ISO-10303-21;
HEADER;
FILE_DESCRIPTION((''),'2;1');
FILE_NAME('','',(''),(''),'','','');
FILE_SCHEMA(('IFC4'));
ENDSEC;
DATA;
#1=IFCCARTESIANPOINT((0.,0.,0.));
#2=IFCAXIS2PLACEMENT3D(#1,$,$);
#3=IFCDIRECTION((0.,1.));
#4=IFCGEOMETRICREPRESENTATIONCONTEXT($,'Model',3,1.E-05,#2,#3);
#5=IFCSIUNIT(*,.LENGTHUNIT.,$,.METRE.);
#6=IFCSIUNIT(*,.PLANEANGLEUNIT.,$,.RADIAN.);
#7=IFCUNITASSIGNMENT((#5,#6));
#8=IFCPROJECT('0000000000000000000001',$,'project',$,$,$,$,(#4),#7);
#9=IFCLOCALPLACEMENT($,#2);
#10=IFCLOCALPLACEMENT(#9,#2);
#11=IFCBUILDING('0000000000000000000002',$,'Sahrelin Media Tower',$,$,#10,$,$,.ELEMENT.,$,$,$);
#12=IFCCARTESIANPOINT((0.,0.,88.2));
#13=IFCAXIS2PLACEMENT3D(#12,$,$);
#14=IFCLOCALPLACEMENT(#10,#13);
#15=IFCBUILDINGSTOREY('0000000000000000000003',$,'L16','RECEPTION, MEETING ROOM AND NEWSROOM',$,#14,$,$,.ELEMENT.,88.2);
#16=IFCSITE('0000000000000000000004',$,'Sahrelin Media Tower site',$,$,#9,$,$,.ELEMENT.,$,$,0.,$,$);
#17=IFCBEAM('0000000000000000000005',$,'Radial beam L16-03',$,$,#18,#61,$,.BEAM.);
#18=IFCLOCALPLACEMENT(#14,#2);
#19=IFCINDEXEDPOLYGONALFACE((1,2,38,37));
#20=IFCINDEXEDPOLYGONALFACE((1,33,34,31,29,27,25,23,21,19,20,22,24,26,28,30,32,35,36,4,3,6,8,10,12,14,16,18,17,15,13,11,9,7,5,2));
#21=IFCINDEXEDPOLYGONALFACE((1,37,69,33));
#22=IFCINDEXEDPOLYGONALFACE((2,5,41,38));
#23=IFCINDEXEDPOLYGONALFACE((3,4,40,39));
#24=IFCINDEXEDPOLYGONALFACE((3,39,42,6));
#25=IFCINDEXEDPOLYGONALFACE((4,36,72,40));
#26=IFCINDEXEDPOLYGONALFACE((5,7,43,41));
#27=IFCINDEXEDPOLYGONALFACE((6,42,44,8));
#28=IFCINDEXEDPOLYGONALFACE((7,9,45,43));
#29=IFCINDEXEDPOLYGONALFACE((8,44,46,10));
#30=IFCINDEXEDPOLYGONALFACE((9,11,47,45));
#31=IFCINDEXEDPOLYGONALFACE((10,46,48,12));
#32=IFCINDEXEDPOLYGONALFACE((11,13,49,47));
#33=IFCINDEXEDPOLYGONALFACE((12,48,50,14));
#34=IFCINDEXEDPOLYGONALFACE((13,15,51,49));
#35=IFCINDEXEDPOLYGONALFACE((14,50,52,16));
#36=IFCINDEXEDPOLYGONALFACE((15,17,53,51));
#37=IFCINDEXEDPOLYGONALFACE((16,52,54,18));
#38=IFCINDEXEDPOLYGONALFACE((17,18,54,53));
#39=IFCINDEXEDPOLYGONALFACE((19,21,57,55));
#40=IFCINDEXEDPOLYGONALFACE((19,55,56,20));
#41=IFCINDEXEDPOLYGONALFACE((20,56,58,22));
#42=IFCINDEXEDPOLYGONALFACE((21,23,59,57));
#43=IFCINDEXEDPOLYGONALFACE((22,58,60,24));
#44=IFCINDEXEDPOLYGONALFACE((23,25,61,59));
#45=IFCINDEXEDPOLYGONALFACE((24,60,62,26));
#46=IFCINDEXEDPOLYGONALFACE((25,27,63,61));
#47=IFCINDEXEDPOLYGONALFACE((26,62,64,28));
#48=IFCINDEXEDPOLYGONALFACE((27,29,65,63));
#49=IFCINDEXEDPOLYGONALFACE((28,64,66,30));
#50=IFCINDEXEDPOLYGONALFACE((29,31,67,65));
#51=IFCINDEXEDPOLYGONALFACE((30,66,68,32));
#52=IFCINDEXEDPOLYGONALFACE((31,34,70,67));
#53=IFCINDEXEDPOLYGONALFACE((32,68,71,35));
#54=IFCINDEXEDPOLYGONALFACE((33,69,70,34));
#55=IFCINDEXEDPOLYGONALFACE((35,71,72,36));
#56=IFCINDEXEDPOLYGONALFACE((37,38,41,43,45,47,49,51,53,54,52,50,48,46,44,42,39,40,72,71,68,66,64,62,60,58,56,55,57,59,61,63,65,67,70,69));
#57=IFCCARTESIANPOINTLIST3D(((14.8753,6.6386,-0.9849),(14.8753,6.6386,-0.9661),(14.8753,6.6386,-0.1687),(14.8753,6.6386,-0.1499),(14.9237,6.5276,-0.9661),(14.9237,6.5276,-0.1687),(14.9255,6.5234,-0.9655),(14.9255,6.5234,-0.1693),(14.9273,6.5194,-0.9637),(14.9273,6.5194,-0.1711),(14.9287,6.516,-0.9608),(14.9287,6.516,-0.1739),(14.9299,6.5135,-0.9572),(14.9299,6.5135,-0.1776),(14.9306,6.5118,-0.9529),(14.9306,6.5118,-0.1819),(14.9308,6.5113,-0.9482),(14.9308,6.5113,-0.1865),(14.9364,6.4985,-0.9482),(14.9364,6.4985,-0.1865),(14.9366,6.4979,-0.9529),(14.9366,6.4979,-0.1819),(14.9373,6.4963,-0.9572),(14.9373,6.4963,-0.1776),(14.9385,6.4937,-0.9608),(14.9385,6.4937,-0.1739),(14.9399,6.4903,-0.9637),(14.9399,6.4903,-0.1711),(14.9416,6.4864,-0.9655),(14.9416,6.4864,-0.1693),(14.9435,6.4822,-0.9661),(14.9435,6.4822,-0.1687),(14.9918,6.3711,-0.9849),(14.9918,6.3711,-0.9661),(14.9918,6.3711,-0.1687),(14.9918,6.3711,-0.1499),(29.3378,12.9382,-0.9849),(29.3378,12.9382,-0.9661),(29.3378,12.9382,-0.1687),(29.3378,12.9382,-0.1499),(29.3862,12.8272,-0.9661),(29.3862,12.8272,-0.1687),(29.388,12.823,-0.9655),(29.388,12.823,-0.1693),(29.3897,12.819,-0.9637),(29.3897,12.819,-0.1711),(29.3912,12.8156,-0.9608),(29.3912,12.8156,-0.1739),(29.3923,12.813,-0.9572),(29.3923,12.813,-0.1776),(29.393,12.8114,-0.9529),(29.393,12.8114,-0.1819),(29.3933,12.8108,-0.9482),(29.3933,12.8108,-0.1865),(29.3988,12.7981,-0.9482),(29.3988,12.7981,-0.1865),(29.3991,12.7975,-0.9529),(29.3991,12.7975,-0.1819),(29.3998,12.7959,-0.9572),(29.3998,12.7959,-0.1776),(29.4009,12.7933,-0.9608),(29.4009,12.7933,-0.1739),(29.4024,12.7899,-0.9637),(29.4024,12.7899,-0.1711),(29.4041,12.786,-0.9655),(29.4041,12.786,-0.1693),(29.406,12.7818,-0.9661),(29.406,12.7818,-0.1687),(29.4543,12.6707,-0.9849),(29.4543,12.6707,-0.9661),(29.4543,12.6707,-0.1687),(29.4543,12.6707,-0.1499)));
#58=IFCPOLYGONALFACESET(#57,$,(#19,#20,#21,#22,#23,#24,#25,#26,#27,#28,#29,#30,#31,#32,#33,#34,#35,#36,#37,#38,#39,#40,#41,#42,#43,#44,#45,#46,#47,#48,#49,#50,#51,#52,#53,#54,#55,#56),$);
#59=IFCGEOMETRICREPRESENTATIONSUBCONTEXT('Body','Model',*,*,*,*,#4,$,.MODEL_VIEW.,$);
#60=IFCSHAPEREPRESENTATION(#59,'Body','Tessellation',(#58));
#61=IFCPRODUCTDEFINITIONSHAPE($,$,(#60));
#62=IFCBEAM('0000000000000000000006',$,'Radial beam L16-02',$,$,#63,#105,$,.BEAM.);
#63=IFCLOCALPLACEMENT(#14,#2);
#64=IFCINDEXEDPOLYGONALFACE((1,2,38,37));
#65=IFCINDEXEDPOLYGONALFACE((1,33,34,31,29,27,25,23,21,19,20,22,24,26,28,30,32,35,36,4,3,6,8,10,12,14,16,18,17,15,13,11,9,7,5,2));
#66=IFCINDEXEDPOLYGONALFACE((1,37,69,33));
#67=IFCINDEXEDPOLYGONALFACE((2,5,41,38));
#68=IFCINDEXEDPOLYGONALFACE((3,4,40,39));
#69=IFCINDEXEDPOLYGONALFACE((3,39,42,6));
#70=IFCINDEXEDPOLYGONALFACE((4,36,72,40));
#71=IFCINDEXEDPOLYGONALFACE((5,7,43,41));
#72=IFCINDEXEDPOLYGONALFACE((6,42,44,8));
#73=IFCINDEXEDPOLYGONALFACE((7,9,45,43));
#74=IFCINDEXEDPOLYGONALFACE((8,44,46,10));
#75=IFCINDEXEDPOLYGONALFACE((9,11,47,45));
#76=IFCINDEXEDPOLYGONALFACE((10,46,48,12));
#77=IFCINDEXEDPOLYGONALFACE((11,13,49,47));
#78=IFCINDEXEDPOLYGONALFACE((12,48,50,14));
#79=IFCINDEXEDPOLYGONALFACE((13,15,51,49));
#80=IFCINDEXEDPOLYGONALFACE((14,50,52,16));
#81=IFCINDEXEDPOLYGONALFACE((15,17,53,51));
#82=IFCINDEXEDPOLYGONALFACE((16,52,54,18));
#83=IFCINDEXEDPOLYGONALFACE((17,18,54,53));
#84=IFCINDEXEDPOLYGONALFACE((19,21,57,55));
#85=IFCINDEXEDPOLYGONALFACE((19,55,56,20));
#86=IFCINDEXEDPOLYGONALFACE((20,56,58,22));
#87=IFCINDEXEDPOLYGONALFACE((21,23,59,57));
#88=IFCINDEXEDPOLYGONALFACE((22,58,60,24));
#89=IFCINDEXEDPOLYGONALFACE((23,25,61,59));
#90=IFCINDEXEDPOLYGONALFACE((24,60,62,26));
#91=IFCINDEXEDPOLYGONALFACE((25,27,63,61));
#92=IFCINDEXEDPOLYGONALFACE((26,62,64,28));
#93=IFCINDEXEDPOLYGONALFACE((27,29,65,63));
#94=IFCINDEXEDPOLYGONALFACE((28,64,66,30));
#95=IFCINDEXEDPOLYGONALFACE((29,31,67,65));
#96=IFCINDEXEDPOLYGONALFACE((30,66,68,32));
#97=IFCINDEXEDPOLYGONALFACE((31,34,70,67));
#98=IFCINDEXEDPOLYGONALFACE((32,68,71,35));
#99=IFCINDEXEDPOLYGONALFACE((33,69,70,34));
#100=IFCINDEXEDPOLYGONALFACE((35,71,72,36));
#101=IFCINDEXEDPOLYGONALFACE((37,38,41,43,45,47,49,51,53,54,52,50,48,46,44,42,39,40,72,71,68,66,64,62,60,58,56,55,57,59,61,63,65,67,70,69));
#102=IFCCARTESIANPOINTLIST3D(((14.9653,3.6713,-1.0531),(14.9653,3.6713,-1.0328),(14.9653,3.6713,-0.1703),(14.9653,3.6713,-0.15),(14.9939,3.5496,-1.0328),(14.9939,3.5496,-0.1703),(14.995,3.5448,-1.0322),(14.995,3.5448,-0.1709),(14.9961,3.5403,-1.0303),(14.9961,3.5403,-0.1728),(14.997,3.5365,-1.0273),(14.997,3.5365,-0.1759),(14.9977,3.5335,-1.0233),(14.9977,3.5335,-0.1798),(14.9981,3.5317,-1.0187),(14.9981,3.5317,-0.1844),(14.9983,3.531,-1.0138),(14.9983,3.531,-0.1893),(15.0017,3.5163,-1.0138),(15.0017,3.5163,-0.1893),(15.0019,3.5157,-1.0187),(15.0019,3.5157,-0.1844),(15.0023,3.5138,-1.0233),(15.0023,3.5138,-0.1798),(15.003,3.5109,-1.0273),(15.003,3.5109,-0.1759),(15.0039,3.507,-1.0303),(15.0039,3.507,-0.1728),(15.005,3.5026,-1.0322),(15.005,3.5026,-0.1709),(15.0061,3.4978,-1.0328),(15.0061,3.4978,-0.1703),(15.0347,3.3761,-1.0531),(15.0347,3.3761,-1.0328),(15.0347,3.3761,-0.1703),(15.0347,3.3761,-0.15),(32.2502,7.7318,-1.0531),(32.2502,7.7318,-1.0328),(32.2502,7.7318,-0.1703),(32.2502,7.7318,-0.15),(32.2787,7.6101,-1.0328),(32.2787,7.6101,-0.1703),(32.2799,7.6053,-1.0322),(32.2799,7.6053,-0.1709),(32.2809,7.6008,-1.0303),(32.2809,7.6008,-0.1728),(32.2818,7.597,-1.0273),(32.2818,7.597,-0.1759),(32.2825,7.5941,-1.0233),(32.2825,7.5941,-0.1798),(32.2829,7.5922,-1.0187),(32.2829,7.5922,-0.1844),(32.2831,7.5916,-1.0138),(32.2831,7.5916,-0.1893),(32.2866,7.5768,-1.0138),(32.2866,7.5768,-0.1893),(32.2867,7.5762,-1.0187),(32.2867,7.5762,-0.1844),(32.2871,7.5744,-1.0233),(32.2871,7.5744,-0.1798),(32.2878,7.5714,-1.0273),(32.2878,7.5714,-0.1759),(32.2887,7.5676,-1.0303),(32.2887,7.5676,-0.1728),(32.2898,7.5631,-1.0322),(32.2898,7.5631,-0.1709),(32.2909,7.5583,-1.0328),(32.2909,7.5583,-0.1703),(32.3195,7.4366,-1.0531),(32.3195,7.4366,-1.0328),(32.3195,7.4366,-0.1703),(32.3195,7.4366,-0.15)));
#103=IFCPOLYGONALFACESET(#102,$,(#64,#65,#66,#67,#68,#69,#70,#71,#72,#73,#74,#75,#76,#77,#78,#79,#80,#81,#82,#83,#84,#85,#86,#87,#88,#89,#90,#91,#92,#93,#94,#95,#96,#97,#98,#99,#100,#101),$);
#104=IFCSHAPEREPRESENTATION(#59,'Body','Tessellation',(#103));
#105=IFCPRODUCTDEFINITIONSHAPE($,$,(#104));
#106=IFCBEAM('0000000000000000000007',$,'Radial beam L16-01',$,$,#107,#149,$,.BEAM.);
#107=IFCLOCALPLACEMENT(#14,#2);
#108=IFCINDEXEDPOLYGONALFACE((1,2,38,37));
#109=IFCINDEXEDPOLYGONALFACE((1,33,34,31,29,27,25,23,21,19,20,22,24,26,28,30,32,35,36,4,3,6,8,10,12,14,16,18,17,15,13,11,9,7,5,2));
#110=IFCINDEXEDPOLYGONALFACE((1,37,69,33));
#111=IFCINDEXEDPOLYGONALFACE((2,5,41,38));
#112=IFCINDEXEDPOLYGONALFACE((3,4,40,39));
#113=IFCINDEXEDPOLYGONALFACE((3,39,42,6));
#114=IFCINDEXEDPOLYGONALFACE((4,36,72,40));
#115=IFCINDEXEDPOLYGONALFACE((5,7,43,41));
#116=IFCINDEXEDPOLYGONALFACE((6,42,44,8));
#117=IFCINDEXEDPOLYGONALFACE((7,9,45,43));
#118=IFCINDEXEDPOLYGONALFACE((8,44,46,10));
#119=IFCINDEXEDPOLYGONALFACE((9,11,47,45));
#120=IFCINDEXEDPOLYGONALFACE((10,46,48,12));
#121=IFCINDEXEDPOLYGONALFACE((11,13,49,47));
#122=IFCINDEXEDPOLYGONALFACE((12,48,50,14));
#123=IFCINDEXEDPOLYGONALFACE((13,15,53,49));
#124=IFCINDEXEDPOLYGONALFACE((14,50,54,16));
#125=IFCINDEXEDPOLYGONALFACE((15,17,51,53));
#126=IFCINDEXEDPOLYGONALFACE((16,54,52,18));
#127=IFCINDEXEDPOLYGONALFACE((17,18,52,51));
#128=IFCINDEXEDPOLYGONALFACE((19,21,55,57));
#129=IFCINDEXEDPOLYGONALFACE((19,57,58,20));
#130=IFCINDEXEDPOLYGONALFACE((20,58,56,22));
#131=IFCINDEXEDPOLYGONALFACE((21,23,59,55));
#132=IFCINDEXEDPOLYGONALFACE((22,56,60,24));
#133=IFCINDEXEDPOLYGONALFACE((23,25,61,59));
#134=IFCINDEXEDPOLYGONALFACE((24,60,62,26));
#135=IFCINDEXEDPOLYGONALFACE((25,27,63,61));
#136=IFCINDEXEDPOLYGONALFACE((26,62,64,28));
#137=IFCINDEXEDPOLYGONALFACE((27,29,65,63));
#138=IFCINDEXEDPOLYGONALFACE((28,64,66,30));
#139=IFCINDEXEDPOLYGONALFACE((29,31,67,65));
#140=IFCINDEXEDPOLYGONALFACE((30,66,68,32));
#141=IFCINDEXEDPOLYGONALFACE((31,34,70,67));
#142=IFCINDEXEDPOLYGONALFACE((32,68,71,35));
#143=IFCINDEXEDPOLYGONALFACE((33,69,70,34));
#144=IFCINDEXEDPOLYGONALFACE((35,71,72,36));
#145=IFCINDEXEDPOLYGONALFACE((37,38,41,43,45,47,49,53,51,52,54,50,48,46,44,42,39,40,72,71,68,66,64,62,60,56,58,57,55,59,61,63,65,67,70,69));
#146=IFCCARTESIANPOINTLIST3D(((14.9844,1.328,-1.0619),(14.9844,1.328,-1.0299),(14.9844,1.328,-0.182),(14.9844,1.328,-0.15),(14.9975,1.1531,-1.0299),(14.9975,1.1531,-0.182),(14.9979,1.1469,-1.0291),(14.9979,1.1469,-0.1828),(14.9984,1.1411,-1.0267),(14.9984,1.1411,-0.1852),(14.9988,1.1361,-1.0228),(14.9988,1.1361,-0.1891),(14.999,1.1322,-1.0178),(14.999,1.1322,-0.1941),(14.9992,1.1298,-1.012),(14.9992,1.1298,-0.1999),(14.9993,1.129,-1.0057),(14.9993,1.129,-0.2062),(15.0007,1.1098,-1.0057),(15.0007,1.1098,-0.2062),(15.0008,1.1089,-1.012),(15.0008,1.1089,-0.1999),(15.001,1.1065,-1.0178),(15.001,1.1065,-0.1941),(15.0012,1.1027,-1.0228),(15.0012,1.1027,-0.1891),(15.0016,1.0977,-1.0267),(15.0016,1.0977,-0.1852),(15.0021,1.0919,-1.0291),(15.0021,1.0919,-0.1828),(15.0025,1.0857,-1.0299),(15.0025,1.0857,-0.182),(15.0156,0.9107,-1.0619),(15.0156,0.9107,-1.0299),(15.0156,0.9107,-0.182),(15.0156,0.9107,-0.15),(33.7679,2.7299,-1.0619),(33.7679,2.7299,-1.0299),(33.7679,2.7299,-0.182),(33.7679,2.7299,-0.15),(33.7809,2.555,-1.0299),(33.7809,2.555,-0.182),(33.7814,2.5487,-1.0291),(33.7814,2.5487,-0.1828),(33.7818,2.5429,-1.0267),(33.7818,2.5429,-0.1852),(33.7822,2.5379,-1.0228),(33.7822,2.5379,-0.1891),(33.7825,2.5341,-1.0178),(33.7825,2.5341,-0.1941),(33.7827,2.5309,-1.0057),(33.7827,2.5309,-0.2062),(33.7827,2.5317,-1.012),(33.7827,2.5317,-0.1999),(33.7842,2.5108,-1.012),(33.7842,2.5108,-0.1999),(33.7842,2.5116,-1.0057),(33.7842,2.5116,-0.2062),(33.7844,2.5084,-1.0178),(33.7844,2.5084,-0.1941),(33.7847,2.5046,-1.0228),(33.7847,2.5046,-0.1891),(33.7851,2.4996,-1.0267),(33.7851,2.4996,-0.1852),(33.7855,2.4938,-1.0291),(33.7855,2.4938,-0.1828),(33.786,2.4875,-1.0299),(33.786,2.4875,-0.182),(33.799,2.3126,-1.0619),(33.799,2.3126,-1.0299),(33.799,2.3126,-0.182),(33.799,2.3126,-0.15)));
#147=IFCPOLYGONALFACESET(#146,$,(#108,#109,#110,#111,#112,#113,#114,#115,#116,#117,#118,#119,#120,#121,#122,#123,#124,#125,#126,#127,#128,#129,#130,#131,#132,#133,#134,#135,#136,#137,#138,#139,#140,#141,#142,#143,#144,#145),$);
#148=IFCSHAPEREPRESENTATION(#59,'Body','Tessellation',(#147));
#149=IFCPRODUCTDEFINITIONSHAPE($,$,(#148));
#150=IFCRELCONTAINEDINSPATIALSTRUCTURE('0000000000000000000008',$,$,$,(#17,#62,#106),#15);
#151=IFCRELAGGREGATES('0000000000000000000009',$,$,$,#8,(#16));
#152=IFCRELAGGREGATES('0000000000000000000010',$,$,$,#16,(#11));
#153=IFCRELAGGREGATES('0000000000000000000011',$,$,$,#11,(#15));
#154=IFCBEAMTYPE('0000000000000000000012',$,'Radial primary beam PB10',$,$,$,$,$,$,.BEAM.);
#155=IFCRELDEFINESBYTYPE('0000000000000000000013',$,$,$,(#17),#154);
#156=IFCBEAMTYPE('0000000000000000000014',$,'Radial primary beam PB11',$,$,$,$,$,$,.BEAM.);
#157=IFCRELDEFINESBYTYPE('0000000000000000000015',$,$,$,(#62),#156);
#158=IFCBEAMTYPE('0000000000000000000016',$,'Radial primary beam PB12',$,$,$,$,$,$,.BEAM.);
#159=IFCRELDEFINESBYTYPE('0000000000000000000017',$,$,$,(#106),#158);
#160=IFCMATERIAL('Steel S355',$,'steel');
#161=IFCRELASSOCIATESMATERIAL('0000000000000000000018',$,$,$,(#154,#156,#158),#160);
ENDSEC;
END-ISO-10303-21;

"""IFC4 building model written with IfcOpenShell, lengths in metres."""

from ifc_helpers import new_model, si_unit, direction, frame, origin, origin_2d, place, context, subcontext, project, spatial, i_section, extrude, material, material_profile, profile_set, type_object, element, save


model = new_model("IFC4")

# Units and contexts
model_context = context("Model", 3, precision=1e-05, world=origin(), true_north=direction((0.0, 1.0)))
body_context = subcontext(model_context, "Body", "Model", "MODEL_VIEW")
ifc_project = project(units=[si_unit("LENGTHUNIT", "METRE"), si_unit("PLANEANGLEUNIT", "RADIAN")], contexts=[model_context])

# Site, building, storey
site_placement = place(None, origin())
site = spatial("IfcSite", under=ifc_project, at=site_placement, Name="Sahrelin Media Tower site", CompositionType="ELEMENT", RefElevation=0.0)
building_placement = place(site_placement, origin())
building = spatial("IfcBuilding", under=site, at=building_placement, Name="Sahrelin Media Tower", CompositionType="ELEMENT")
storey_placement = place(building_placement, frame((0.0, 0.0, 88.2)))
storey = spatial("IfcBuildingStorey", under=building, at=storey_placement, Name="L16", Description="RECEPTION, MEETING ROOM AND NEWSROOM", CompositionType="ELEMENT", Elevation=88.2)

# Beams
ifc_material_1 = material(Name="Steel S355", Category="steel")
ifc_material_profile_1 = material_profile(ifc_material_1, i_section(OverallWidth=0.2917, OverallDepth=0.835, WebThickness=0.0139, FlangeThickness=0.0188, FilletRadius=0.0178, at=origin_2d()), Name="UB 838x292x176")
ifc_profile_set_1 = profile_set([ifc_material_profile_1], Name="Steel S355")
beam_type_1 = type_object("IfcBeamType", Name="Radial primary beam PB10", PredefinedType="BEAM", material=ifc_profile_set_1)
beam_1_placement = place(storey_placement, frame((14.9336, 6.5049, -0.5674), z_axis=(0.916802, 0.399342, 0.0), x_axis=(-0.399342, 0.916802, 0.0)))
element("IfcBeam", 1, at=beam_1_placement, inside=storey, type_object=beam_type_1, Name="Radial beam L16-03", PredefinedType="BEAM", context=body_context, shape_type="SweptSolid", body=[
    extrude(i_section(OverallWidth=0.2917, OverallDepth=0.835, WebThickness=0.0139, FlangeThickness=0.0188, FilletRadius=0.0178, at=origin_2d()), origin(), (0.0, 0.0, 1.0), 15.7749),
])
ifc_material_profile_2 = material_profile(ifc_material_1, i_section(OverallWidth=0.3032, OverallDepth=0.9031, WebThickness=0.0151, FlangeThickness=0.0203, FilletRadius=0.019, at=origin_2d()), Name="UB 914x305x201")
ifc_profile_set_2 = profile_set([ifc_material_profile_2], Name="Steel S355")
beam_type_2 = type_object("IfcBeamType", Name="Radial primary beam PB11", PredefinedType="BEAM", material=ifc_profile_set_2)
beam_2_placement = place(storey_placement, frame((15.0, 3.5237, -0.6016), z_axis=(0.973499, 0.228693, 0.0), x_axis=(-0.228693, 0.973499, 0.0)))
element("IfcBeam", 2, at=beam_2_placement, inside=storey, type_object=beam_type_2, Name="Radial beam L16-02", PredefinedType="BEAM", context=body_context, shape_type="SweptSolid", body=[
    extrude(i_section(OverallWidth=0.3032, OverallDepth=0.9031, WebThickness=0.0151, FlangeThickness=0.0203, FilletRadius=0.019, at=origin_2d()), origin(), (0.0, 0.0, 1.0), 17.7554),
])
ifc_material_profile_3 = material_profile(ifc_material_1, i_section(OverallWidth=0.4185, OverallDepth=0.9119, WebThickness=0.0193, FlangeThickness=0.032, FilletRadius=0.0242, at=origin_2d()), Name="UB 914x419x343")
ifc_profile_set_3 = profile_set([ifc_material_profile_3], Name="Steel S355")
beam_type_3 = type_object("IfcBeamType", Name="Radial primary beam PB12", PredefinedType="BEAM", material=ifc_profile_set_3)
beam_3_placement = place(storey_placement, frame((15.0, 1.1194, -0.606), z_axis=(0.997227, 0.074426, 0.0), x_axis=(-0.074426, 0.997227, 0.0)))
element("IfcBeam", 3, at=beam_3_placement, inside=storey, type_object=beam_type_3, Name="Radial beam L16-01", PredefinedType="BEAM", context=body_context, shape_type="SweptSolid", body=[
    extrude(i_section(OverallWidth=0.4185, OverallDepth=0.9119, WebThickness=0.0193, FlangeThickness=0.032, FilletRadius=0.0242, at=origin_2d()), origin(), (0.0, 0.0, 1.0), 18.8357),
])

save(model, "model.ifc")
